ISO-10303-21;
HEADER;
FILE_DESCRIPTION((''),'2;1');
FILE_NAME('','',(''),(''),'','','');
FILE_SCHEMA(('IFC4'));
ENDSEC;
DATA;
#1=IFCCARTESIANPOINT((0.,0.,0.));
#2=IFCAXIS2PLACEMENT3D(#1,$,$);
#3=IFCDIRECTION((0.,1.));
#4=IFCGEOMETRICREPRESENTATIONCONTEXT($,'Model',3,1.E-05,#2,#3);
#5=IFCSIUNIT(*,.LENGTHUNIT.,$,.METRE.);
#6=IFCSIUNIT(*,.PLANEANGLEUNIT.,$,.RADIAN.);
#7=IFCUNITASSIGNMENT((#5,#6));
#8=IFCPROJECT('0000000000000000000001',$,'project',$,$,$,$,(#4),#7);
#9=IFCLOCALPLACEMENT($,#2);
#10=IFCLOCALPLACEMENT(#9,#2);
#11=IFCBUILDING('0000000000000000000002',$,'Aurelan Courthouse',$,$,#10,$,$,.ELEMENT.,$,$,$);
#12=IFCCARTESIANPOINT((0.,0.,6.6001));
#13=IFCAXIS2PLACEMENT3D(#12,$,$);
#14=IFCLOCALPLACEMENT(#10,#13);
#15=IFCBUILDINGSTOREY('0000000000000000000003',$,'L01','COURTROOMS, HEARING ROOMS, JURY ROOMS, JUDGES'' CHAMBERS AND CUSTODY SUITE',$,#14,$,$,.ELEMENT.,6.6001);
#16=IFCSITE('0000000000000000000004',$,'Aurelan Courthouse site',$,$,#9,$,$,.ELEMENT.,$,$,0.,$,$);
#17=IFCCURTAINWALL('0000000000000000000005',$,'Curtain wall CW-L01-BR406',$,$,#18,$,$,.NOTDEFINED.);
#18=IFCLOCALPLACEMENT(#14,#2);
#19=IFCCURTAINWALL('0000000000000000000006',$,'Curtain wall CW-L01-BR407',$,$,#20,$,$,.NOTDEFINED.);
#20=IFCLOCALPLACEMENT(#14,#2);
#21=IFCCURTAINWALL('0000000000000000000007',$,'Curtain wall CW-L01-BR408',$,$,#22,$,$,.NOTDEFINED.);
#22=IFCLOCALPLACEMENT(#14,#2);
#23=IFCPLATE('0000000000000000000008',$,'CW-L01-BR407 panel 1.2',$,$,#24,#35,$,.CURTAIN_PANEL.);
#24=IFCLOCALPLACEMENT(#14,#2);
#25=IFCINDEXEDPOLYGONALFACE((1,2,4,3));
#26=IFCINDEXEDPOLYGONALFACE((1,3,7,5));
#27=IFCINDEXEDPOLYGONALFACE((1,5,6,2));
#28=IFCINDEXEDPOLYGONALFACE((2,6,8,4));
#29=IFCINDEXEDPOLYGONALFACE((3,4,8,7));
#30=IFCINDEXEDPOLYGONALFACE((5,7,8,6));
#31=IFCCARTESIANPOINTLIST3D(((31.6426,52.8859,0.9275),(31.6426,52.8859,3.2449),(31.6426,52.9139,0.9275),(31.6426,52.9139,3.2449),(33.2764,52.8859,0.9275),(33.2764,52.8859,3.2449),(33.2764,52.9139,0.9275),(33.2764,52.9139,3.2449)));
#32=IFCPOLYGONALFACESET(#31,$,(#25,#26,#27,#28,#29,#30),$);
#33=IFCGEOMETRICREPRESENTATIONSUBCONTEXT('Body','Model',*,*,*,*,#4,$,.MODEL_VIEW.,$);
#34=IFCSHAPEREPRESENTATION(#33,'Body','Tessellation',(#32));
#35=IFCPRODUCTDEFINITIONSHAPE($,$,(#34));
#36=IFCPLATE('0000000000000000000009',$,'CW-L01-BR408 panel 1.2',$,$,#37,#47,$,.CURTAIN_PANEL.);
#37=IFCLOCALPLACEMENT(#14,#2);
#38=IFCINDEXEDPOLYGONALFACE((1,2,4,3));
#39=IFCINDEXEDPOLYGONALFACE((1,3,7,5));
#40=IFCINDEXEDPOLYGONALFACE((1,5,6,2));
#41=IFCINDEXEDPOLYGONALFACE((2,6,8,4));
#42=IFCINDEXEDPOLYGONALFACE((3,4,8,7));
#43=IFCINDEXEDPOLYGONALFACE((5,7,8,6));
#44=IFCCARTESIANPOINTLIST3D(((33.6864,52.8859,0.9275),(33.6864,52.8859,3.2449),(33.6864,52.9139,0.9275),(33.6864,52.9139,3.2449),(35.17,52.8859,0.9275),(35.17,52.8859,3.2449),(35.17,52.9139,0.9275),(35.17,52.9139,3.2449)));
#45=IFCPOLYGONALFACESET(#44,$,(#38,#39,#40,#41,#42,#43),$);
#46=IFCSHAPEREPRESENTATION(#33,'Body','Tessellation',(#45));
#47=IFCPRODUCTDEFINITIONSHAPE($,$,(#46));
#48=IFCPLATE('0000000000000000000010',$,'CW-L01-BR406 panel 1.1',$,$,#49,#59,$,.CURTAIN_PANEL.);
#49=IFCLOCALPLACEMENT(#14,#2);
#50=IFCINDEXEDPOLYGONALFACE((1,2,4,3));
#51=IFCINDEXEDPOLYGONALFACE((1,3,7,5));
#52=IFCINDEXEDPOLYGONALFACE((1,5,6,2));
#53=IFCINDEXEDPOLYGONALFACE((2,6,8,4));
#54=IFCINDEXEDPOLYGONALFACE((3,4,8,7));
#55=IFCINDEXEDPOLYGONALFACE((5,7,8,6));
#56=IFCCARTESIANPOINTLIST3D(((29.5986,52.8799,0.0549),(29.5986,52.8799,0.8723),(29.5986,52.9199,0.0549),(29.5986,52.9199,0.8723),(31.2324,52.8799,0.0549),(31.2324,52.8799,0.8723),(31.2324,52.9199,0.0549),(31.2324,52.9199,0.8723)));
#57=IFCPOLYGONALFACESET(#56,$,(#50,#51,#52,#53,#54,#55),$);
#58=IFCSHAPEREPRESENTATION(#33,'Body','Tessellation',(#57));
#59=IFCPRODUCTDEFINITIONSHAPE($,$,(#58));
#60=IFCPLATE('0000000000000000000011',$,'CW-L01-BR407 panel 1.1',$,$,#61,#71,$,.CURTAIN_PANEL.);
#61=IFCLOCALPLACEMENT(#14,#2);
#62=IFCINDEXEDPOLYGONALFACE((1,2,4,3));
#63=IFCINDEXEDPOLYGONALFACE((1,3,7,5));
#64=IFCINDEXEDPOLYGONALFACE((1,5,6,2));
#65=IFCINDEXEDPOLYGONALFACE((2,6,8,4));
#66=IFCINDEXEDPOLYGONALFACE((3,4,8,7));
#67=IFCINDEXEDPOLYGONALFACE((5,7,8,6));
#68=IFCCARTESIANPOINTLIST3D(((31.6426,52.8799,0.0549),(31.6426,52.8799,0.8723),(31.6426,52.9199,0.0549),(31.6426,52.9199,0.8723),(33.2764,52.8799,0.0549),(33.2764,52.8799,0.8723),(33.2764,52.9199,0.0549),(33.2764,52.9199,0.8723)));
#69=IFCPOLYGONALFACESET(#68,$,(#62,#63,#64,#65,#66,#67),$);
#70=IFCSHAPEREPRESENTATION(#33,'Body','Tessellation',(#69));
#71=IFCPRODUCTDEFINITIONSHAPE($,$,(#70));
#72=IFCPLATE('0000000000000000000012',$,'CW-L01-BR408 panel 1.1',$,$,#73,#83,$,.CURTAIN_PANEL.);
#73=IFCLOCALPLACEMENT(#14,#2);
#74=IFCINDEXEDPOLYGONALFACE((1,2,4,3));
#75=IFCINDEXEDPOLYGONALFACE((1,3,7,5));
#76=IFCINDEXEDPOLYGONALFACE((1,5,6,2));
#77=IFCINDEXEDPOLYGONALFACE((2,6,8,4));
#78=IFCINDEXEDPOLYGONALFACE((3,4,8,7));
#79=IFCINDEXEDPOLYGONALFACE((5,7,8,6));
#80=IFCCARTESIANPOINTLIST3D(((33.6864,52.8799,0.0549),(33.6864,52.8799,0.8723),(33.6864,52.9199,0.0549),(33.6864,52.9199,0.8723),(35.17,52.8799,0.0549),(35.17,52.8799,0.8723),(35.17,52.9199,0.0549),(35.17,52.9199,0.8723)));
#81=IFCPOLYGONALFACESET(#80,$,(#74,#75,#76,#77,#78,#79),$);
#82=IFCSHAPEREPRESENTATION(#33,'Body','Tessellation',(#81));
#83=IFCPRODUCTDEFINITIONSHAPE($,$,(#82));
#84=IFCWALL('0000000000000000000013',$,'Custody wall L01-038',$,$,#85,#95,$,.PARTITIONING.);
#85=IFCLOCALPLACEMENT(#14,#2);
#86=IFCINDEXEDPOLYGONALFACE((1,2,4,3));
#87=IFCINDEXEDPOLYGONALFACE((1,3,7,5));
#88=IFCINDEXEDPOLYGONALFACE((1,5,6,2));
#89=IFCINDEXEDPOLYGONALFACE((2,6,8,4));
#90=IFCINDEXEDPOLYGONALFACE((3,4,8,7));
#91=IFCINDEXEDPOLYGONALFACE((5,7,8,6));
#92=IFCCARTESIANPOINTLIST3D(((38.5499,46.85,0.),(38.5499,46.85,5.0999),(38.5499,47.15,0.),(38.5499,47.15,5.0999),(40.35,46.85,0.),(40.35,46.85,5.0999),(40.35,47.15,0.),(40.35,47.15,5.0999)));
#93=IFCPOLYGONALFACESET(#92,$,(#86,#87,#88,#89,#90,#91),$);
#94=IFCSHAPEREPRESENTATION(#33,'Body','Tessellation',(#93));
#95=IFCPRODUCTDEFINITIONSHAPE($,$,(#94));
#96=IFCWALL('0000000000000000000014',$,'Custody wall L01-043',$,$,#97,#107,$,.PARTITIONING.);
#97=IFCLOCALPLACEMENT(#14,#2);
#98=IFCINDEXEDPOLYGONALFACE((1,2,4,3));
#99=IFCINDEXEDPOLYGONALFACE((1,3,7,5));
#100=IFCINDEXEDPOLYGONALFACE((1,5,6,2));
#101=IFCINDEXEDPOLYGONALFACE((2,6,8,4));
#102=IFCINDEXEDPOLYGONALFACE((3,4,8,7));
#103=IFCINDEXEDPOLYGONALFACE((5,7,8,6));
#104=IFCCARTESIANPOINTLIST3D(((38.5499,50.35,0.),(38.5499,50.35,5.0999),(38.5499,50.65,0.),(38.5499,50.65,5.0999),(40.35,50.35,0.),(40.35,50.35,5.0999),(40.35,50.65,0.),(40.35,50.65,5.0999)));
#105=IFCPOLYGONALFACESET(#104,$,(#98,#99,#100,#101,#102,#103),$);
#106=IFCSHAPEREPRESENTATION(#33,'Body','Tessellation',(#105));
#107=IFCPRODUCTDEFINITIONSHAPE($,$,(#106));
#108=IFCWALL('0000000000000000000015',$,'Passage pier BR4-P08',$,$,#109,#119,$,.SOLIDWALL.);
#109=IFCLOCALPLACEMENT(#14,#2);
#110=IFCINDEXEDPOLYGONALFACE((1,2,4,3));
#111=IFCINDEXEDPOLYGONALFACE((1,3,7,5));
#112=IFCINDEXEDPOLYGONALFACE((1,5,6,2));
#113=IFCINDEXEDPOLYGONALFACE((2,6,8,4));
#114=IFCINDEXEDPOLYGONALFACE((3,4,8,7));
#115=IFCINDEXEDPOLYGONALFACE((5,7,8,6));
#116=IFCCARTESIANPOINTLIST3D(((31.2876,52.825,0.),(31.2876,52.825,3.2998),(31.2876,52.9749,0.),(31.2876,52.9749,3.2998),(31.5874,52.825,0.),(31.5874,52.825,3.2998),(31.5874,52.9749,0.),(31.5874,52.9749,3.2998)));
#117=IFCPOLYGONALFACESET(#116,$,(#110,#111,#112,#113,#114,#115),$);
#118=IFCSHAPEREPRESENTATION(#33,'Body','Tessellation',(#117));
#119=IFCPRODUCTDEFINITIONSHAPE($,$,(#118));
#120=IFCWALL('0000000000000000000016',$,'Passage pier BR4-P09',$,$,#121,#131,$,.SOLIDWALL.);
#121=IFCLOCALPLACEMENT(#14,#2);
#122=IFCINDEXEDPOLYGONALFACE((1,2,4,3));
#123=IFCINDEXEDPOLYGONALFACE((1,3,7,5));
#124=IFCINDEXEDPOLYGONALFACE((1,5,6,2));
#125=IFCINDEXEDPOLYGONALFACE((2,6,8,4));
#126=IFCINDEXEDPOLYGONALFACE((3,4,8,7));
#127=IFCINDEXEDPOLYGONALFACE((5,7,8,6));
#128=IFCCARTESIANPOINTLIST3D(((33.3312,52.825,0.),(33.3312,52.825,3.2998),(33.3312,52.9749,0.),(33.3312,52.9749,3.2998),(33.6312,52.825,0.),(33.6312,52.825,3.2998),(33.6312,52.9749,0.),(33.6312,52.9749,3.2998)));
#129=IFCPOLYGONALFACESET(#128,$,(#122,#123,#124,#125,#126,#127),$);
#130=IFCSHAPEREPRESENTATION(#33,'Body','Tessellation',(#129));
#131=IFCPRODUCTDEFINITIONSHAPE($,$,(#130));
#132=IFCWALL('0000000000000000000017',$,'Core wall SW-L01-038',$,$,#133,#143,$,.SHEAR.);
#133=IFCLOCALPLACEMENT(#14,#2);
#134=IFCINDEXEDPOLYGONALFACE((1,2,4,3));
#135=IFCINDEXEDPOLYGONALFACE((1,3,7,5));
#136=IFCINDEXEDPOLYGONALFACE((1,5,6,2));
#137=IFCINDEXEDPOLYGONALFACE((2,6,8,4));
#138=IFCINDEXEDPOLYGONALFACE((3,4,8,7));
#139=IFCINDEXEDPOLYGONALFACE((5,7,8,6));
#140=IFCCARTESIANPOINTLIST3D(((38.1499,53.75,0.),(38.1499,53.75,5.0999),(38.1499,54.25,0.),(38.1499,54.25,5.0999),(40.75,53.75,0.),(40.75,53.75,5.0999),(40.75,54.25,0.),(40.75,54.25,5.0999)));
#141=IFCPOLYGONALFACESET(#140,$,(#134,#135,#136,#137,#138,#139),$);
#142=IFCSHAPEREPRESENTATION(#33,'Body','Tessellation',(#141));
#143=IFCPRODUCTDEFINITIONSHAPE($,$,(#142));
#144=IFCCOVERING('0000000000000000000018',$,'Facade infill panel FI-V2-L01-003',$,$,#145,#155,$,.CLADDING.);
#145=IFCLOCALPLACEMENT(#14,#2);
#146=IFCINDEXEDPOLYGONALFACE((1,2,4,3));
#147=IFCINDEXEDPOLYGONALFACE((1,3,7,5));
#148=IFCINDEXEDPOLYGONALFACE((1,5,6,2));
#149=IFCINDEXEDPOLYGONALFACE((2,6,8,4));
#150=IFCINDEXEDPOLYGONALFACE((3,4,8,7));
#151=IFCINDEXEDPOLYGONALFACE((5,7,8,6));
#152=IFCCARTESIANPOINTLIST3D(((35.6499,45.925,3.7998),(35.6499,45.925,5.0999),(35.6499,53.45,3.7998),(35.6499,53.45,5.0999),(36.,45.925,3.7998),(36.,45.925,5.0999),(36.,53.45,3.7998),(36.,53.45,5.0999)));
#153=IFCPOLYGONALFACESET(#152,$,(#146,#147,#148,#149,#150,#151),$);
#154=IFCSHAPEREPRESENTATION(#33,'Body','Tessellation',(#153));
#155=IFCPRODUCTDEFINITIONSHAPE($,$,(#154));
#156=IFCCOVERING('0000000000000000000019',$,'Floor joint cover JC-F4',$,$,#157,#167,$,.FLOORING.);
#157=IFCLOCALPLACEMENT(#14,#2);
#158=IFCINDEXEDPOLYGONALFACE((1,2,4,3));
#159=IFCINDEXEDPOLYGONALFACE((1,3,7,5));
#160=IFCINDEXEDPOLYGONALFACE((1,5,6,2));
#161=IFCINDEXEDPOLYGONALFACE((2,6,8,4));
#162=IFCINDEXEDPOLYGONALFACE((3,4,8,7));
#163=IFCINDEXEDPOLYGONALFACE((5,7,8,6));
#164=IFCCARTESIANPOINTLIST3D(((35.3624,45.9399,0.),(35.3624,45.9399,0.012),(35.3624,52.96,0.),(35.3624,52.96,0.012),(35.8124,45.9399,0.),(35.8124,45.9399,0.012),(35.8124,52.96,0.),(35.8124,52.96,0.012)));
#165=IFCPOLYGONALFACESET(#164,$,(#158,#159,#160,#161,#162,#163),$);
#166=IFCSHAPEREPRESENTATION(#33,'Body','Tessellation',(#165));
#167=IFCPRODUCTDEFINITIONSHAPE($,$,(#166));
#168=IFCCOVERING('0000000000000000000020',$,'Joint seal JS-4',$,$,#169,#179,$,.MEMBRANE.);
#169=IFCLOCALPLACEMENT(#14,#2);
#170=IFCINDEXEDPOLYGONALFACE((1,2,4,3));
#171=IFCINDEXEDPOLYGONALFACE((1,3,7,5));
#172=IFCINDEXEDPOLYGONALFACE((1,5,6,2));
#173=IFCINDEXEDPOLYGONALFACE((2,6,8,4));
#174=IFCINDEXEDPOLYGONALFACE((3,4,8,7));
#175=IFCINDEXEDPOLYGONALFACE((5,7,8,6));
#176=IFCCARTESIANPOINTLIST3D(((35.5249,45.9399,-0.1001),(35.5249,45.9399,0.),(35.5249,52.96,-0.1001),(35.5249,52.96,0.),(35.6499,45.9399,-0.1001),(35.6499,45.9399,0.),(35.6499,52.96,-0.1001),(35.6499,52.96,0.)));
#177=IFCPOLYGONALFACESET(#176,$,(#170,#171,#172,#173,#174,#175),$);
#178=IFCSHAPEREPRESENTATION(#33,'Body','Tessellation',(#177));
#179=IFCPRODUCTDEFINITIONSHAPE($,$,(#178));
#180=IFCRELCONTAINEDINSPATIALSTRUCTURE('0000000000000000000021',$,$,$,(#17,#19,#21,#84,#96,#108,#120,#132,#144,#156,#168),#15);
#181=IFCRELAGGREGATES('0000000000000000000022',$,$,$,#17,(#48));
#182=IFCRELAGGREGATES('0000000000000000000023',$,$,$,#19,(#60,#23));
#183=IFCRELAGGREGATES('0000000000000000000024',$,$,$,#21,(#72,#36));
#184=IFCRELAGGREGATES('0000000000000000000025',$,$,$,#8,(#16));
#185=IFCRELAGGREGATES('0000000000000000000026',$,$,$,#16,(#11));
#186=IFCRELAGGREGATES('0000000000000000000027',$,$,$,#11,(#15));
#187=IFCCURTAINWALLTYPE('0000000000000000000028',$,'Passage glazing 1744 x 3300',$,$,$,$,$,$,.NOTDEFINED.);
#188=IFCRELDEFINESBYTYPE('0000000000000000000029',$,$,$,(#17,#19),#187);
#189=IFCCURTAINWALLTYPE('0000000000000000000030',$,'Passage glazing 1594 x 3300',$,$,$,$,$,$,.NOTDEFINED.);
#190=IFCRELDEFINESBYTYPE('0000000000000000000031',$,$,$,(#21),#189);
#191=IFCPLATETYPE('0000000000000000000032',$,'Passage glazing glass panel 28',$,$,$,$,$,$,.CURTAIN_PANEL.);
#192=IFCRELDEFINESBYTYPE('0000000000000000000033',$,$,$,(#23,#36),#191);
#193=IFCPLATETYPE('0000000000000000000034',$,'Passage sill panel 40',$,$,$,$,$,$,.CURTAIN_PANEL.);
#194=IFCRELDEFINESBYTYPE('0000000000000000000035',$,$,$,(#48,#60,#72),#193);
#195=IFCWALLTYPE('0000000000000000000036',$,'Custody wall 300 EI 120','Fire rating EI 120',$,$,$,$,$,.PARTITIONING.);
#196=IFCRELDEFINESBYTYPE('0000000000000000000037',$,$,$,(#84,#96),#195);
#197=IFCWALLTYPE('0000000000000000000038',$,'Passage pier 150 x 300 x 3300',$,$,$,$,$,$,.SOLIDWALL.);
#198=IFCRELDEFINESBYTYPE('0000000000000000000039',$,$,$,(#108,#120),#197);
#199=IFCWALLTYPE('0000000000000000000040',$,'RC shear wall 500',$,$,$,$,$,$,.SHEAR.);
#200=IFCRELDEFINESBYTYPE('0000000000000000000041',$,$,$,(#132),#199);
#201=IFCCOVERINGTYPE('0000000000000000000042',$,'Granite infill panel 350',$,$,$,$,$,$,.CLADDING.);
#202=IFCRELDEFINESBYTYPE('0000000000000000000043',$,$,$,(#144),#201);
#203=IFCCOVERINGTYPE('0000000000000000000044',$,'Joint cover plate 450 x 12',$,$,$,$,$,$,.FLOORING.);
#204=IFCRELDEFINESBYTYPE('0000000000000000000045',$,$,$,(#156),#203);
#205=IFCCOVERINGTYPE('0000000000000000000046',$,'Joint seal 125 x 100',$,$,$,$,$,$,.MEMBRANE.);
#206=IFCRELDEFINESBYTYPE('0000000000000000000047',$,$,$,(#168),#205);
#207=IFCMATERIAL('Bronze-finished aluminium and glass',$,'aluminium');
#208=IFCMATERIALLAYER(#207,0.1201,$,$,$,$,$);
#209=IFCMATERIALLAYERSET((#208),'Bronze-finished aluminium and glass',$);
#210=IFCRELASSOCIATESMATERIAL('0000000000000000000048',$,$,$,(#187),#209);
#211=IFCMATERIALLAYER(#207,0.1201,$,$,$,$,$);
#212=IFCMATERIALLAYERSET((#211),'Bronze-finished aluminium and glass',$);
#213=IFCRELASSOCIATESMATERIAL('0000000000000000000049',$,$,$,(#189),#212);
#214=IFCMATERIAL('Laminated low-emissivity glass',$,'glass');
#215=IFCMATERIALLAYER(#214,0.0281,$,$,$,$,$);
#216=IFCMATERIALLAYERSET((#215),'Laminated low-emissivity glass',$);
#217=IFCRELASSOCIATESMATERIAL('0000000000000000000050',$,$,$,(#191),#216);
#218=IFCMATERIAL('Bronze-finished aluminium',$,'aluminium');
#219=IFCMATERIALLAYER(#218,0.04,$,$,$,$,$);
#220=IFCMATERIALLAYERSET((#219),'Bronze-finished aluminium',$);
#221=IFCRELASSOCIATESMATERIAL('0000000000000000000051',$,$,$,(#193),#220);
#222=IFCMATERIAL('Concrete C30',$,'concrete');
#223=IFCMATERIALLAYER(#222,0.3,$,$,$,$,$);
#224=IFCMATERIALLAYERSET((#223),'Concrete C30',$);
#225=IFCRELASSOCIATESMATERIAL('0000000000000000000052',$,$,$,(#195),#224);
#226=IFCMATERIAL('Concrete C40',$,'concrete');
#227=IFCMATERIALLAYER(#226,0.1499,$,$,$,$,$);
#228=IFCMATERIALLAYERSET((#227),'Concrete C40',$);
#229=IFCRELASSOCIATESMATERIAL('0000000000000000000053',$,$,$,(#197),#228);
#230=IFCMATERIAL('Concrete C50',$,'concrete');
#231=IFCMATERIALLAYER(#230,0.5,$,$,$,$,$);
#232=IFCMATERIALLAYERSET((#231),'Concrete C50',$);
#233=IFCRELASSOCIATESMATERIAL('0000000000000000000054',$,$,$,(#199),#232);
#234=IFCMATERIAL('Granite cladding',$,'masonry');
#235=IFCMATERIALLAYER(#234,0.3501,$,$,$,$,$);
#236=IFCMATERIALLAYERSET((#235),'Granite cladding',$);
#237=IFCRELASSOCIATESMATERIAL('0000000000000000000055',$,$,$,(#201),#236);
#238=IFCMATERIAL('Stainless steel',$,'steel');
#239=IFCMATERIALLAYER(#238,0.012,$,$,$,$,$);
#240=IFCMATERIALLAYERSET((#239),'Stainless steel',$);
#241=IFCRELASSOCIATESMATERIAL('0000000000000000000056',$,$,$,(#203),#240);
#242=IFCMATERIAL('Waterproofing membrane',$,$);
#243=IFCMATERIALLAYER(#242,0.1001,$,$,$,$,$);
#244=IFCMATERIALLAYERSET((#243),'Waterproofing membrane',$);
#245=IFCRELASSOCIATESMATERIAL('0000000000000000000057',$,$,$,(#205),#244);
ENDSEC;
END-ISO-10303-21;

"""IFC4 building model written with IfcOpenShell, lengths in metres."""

from ifc_helpers import new_model, si_unit, direction, frame, frame_2d, origin, origin_2d, place, context, subcontext, project, spatial, rectangle, extrude, material, layer, layer_set, type_object, element, aggregate, save


model = new_model("IFC4")

# Units and contexts
model_context = context("Model", 3, precision=1e-05, world=origin(), true_north=direction((0.0, 1.0)))
body_context = subcontext(model_context, "Body", "Model", "MODEL_VIEW")
ifc_project = project(units=[si_unit("LENGTHUNIT", "METRE"), si_unit("PLANEANGLEUNIT", "RADIAN")], contexts=[model_context])

# Site, building, storey
site_placement = place(None, origin())
site = spatial("IfcSite", under=ifc_project, at=site_placement, Name="Aurelan Courthouse site", CompositionType="ELEMENT", RefElevation=0.0)
building_placement = place(site_placement, origin())
building = spatial("IfcBuilding", under=site, at=building_placement, Name="Aurelan Courthouse", CompositionType="ELEMENT")
storey_placement = place(building_placement, frame((0.0, 0.0, 6.6001)))
storey = spatial("IfcBuildingStorey", under=building, at=storey_placement, Name="L01", Description="COURTROOMS, HEARING ROOMS, JURY ROOMS, JUDGES' CHAMBERS AND CUSTODY SUITE", CompositionType="ELEMENT", Elevation=6.6001)

# Shared definitions
ifc_material_1 = material(Name="Concrete C50", Category="concrete")

# Curtain walls
ifc_material_2 = material(Name="Bronze-finished aluminium and glass", Category="aluminium")
ifc_layer_1 = layer(ifc_material_2, 0.1201)
ifc_layer_set_1 = layer_set([ifc_layer_1], Name="Bronze-finished aluminium and glass")
curtain_wall_type_1 = type_object("IfcCurtainWallType", Name="Passage glazing 1744 x 3300", PredefinedType="NOTDEFINED", material=ifc_layer_set_1)
curtain_wall_1_placement = place(storey_placement, origin())
curtain_wall_1 = element("IfcCurtainWall", 1, at=curtain_wall_1_placement, inside=storey, type_object=curtain_wall_type_1, Name="Curtain wall CW-L01-BR406", PredefinedType="NOTDEFINED")
ifc_material_3 = material(Name="Bronze-finished aluminium", Category="aluminium")
curtain_wall_2_placement = place(storey_placement, origin())
curtain_wall_2 = element("IfcCurtainWall", 2, at=curtain_wall_2_placement, inside=storey, type_object=curtain_wall_type_1, Name="Curtain wall CW-L01-BR407", PredefinedType="NOTDEFINED")
ifc_layer_2 = layer(ifc_material_2, 0.1201)
ifc_layer_set_2 = layer_set([ifc_layer_2], Name="Bronze-finished aluminium and glass")
curtain_wall_type_2 = type_object("IfcCurtainWallType", Name="Passage glazing 1594 x 3300", PredefinedType="NOTDEFINED", material=ifc_layer_set_2)
curtain_wall_3_placement = place(storey_placement, origin())
curtain_wall_3 = element("IfcCurtainWall", 3, at=curtain_wall_3_placement, inside=storey, type_object=curtain_wall_type_2, Name="Curtain wall CW-L01-BR408", PredefinedType="NOTDEFINED")

# Plates
ifc_material_4 = material(Name="Laminated low-emissivity glass", Category="glass")
ifc_layer_3 = layer(ifc_material_4, 0.0281)
ifc_layer_set_3 = layer_set([ifc_layer_3], Name="Laminated low-emissivity glass")
plate_type_1 = type_object("IfcPlateType", Name="Passage glazing glass panel 28", PredefinedType="CURTAIN_PANEL", material=ifc_layer_set_3)
plate_1_placement = place(storey_placement, frame((32.4595, 52.8999, 0.9275), z_axis=(0.0, 0.0, 1.0), x_axis=(1.0, 0.0, 0.0)))
plate_1 = element("IfcPlate", 4, at=plate_1_placement, type_object=plate_type_1, Name="CW-L01-BR407 panel 1.2", PredefinedType="CURTAIN_PANEL", context=body_context, shape_type="SweptSolid", body=[
    extrude(rectangle(XDim=1.6338, YDim=0.0281, at=origin_2d()), origin(), (0.0, 0.0, 1.0), 2.3174),
])
plate_2_placement = place(storey_placement, frame((34.4282, 52.8999, 0.9275), z_axis=(0.0, 0.0, 1.0), x_axis=(1.0, 0.0, 0.0)))
plate_2 = element("IfcPlate", 5, at=plate_2_placement, type_object=plate_type_1, Name="CW-L01-BR408 panel 1.2", PredefinedType="CURTAIN_PANEL", context=body_context, shape_type="SweptSolid", body=[
    extrude(rectangle(XDim=1.4836, YDim=0.0281, at=origin_2d()), origin(), (0.0, 0.0, 1.0), 2.3174),
])
ifc_layer_4 = layer(ifc_material_3, 0.04)
ifc_layer_set_4 = layer_set([ifc_layer_4], Name="Bronze-finished aluminium")
plate_type_2 = type_object("IfcPlateType", Name="Passage sill panel 40", PredefinedType="CURTAIN_PANEL", material=ifc_layer_set_4)
plate_3_placement = place(storey_placement, frame((30.4155, 52.8999, 0.0549), z_axis=(0.0, 0.0, 1.0), x_axis=(1.0, 0.0, 0.0)))
plate_3 = element("IfcPlate", 6, at=plate_3_placement, type_object=plate_type_2, Name="CW-L01-BR406 panel 1.1", PredefinedType="CURTAIN_PANEL", context=body_context, shape_type="SweptSolid", body=[
    extrude(rectangle(XDim=1.6338, YDim=0.04, at=origin_2d()), origin(), (0.0, 0.0, 1.0), 0.8174),
])
aggregate(curtain_wall_1, [plate_3])
plate_4_placement = place(storey_placement, frame((32.4595, 52.8999, 0.0549), z_axis=(0.0, 0.0, 1.0), x_axis=(1.0, 0.0, 0.0)))
plate_4 = element("IfcPlate", 7, at=plate_4_placement, type_object=plate_type_2, Name="CW-L01-BR407 panel 1.1", PredefinedType="CURTAIN_PANEL", context=body_context, shape_type="SweptSolid", body=[
    extrude(rectangle(XDim=1.6338, YDim=0.04, at=origin_2d()), origin(), (0.0, 0.0, 1.0), 0.8174),
])
aggregate(curtain_wall_2, [plate_4, plate_1])
plate_5_placement = place(storey_placement, frame((34.4282, 52.8999, 0.0549), z_axis=(0.0, 0.0, 1.0), x_axis=(1.0, 0.0, 0.0)))
plate_5 = element("IfcPlate", 8, at=plate_5_placement, type_object=plate_type_2, Name="CW-L01-BR408 panel 1.1", PredefinedType="CURTAIN_PANEL", context=body_context, shape_type="SweptSolid", body=[
    extrude(rectangle(XDim=1.4836, YDim=0.04, at=origin_2d()), origin(), (0.0, 0.0, 1.0), 0.8174),
])
aggregate(curtain_wall_3, [plate_5, plate_2])

# Walls
ifc_material_5 = material(Name="Concrete C30", Category="concrete")
ifc_layer_5 = layer(ifc_material_5, 0.3)
ifc_layer_set_5 = layer_set([ifc_layer_5], Name="Concrete C30")
wall_type_1 = type_object("IfcWallType", Name="Custody wall 300 EI 120", Description="Fire rating EI 120", PredefinedType="PARTITIONING", material=ifc_layer_set_5)
for number, where, z_axis, x_axis, name in (
    (9, (38.55, 47.0, 0.0), (0.0, 0.0, 1.0), (1.0, 0.0, 0.0), "Custody wall L01-038"),
    (10, (38.55, 50.5, 0.0), (0.0, 0.0, 1.0), (1.0, 0.0, 0.0), "Custody wall L01-043"),
):
    element("IfcWall", number, at=place(storey_placement, frame(where, z_axis=z_axis, x_axis=x_axis)), inside=storey, type_object=wall_type_1, Name=name, PredefinedType="PARTITIONING", context=body_context, shape_type="SweptSolid", body=[
        extrude(rectangle(XDim=1.8, YDim=0.3, at=frame_2d((0.8999, 0.0))), origin(), (0.0, 0.0, 1.0), 5.0999),
    ])
ifc_material_6 = material(Name="Concrete C40", Category="concrete")
ifc_layer_6 = layer(ifc_material_6, 0.1499)
ifc_layer_set_6 = layer_set([ifc_layer_6], Name="Concrete C40")
wall_type_2 = type_object("IfcWallType", Name="Passage pier 150 x 300 x 3300", PredefinedType="SOLIDWALL", material=ifc_layer_set_6)
wall_1_placement = place(storey_placement, frame((31.2876, 52.8999, 0.0), z_axis=(0.0, 0.0, 1.0), x_axis=(1.0, 0.0, 0.0)))
element("IfcWall", 11, at=wall_1_placement, inside=storey, type_object=wall_type_2, Name="Passage pier BR4-P08", PredefinedType="SOLIDWALL", context=body_context, shape_type="SweptSolid", body=[
    extrude(rectangle(XDim=0.2998, YDim=0.1499, at=frame_2d((0.1499, 0.0))), origin(), (0.0, 0.0, 1.0), 3.2998),
])
wall_2_placement = place(storey_placement, frame((33.3313, 52.8999, 0.0), z_axis=(0.0, 0.0, 1.0), x_axis=(1.0, 0.0, 0.0)))
element("IfcWall", 12, at=wall_2_placement, inside=storey, type_object=wall_type_2, Name="Passage pier BR4-P09", PredefinedType="SOLIDWALL", context=body_context, shape_type="SweptSolid", body=[
    extrude(rectangle(XDim=0.3, YDim=0.1499, at=frame_2d((0.1499, 0.0))), origin(), (0.0, 0.0, 1.0), 3.2998),
])
ifc_layer_7 = layer(ifc_material_1, 0.5)
ifc_layer_set_7 = layer_set([ifc_layer_7], Name="Concrete C50")
wall_type_3 = type_object("IfcWallType", Name="RC shear wall 500", PredefinedType="SHEAR", material=ifc_layer_set_7)
wall_3_placement = place(storey_placement, frame((38.1499, 54.0, 0.0), z_axis=(0.0, 0.0, 1.0), x_axis=(1.0, 0.0, 0.0)))
element("IfcWall", 13, at=wall_3_placement, inside=storey, type_object=wall_type_3, Name="Core wall SW-L01-038", PredefinedType="SHEAR", context=body_context, shape_type="SweptSolid", body=[
    extrude(rectangle(XDim=2.6001, YDim=0.5, at=frame_2d((1.3, 0.0))), origin(), (0.0, 0.0, 1.0), 5.0999),
])

# Coverings
ifc_material_7 = material(Name="Granite cladding", Category="masonry")
ifc_layer_8 = layer(ifc_material_7, 0.3501)
ifc_layer_set_8 = layer_set([ifc_layer_8], Name="Granite cladding")
covering_type_1 = type_object("IfcCoveringType", Name="Granite infill panel 350", PredefinedType="CLADDING", material=ifc_layer_set_8)
covering_1_placement = place(storey_placement, frame((35.825, 49.6875, 3.7998), z_axis=(0.0, 0.0, 1.0), x_axis=(1.0, 0.0, 0.0)))
element("IfcCovering", 14, at=covering_1_placement, inside=storey, type_object=covering_type_1, Name="Facade infill panel FI-V2-L01-003", PredefinedType="CLADDING", context=body_context, shape_type="SweptSolid", body=[
    extrude(rectangle(XDim=0.3501, YDim=7.5249, at=origin_2d()), origin(), (0.0, 0.0, 1.0), 1.3),
])
ifc_material_8 = material(Name="Stainless steel", Category="steel")
ifc_layer_9 = layer(ifc_material_8, 0.012)
ifc_layer_set_9 = layer_set([ifc_layer_9], Name="Stainless steel")
covering_type_2 = type_object("IfcCoveringType", Name="Joint cover plate 450 x 12", PredefinedType="FLOORING", material=ifc_layer_set_9)
covering_2_placement = place(storey_placement, frame((35.5874, 49.45, 0.0), z_axis=(0.0, 0.0, 1.0), x_axis=(1.0, 0.0, 0.0)))
element("IfcCovering", 15, at=covering_2_placement, inside=storey, type_object=covering_type_2, Name="Floor joint cover JC-F4", PredefinedType="FLOORING", context=body_context, shape_type="SweptSolid", body=[
    extrude(rectangle(XDim=0.45, YDim=7.02, at=origin_2d()), origin(), (0.0, 0.0, 1.0), 0.012),
])
ifc_material_9 = material(Name="Waterproofing membrane")
ifc_layer_10 = layer(ifc_material_9, 0.1001)
ifc_layer_set_10 = layer_set([ifc_layer_10], Name="Waterproofing membrane")
covering_type_3 = type_object("IfcCoveringType", Name="Joint seal 125 x 100", PredefinedType="MEMBRANE", material=ifc_layer_set_10)
covering_3_placement = place(storey_placement, frame((35.5874, 49.45, -0.1001), z_axis=(0.0, 0.0, 1.0), x_axis=(1.0, 0.0, 0.0)))
element("IfcCovering", 16, at=covering_3_placement, inside=storey, type_object=covering_type_3, Name="Joint seal JS-4", PredefinedType="MEMBRANE", context=body_context, shape_type="SweptSolid", body=[
    extrude(rectangle(XDim=0.125, YDim=7.02, at=origin_2d()), origin(), (0.0, 0.0, 1.0), 0.1001),
])

save(model, "model.ifc")
